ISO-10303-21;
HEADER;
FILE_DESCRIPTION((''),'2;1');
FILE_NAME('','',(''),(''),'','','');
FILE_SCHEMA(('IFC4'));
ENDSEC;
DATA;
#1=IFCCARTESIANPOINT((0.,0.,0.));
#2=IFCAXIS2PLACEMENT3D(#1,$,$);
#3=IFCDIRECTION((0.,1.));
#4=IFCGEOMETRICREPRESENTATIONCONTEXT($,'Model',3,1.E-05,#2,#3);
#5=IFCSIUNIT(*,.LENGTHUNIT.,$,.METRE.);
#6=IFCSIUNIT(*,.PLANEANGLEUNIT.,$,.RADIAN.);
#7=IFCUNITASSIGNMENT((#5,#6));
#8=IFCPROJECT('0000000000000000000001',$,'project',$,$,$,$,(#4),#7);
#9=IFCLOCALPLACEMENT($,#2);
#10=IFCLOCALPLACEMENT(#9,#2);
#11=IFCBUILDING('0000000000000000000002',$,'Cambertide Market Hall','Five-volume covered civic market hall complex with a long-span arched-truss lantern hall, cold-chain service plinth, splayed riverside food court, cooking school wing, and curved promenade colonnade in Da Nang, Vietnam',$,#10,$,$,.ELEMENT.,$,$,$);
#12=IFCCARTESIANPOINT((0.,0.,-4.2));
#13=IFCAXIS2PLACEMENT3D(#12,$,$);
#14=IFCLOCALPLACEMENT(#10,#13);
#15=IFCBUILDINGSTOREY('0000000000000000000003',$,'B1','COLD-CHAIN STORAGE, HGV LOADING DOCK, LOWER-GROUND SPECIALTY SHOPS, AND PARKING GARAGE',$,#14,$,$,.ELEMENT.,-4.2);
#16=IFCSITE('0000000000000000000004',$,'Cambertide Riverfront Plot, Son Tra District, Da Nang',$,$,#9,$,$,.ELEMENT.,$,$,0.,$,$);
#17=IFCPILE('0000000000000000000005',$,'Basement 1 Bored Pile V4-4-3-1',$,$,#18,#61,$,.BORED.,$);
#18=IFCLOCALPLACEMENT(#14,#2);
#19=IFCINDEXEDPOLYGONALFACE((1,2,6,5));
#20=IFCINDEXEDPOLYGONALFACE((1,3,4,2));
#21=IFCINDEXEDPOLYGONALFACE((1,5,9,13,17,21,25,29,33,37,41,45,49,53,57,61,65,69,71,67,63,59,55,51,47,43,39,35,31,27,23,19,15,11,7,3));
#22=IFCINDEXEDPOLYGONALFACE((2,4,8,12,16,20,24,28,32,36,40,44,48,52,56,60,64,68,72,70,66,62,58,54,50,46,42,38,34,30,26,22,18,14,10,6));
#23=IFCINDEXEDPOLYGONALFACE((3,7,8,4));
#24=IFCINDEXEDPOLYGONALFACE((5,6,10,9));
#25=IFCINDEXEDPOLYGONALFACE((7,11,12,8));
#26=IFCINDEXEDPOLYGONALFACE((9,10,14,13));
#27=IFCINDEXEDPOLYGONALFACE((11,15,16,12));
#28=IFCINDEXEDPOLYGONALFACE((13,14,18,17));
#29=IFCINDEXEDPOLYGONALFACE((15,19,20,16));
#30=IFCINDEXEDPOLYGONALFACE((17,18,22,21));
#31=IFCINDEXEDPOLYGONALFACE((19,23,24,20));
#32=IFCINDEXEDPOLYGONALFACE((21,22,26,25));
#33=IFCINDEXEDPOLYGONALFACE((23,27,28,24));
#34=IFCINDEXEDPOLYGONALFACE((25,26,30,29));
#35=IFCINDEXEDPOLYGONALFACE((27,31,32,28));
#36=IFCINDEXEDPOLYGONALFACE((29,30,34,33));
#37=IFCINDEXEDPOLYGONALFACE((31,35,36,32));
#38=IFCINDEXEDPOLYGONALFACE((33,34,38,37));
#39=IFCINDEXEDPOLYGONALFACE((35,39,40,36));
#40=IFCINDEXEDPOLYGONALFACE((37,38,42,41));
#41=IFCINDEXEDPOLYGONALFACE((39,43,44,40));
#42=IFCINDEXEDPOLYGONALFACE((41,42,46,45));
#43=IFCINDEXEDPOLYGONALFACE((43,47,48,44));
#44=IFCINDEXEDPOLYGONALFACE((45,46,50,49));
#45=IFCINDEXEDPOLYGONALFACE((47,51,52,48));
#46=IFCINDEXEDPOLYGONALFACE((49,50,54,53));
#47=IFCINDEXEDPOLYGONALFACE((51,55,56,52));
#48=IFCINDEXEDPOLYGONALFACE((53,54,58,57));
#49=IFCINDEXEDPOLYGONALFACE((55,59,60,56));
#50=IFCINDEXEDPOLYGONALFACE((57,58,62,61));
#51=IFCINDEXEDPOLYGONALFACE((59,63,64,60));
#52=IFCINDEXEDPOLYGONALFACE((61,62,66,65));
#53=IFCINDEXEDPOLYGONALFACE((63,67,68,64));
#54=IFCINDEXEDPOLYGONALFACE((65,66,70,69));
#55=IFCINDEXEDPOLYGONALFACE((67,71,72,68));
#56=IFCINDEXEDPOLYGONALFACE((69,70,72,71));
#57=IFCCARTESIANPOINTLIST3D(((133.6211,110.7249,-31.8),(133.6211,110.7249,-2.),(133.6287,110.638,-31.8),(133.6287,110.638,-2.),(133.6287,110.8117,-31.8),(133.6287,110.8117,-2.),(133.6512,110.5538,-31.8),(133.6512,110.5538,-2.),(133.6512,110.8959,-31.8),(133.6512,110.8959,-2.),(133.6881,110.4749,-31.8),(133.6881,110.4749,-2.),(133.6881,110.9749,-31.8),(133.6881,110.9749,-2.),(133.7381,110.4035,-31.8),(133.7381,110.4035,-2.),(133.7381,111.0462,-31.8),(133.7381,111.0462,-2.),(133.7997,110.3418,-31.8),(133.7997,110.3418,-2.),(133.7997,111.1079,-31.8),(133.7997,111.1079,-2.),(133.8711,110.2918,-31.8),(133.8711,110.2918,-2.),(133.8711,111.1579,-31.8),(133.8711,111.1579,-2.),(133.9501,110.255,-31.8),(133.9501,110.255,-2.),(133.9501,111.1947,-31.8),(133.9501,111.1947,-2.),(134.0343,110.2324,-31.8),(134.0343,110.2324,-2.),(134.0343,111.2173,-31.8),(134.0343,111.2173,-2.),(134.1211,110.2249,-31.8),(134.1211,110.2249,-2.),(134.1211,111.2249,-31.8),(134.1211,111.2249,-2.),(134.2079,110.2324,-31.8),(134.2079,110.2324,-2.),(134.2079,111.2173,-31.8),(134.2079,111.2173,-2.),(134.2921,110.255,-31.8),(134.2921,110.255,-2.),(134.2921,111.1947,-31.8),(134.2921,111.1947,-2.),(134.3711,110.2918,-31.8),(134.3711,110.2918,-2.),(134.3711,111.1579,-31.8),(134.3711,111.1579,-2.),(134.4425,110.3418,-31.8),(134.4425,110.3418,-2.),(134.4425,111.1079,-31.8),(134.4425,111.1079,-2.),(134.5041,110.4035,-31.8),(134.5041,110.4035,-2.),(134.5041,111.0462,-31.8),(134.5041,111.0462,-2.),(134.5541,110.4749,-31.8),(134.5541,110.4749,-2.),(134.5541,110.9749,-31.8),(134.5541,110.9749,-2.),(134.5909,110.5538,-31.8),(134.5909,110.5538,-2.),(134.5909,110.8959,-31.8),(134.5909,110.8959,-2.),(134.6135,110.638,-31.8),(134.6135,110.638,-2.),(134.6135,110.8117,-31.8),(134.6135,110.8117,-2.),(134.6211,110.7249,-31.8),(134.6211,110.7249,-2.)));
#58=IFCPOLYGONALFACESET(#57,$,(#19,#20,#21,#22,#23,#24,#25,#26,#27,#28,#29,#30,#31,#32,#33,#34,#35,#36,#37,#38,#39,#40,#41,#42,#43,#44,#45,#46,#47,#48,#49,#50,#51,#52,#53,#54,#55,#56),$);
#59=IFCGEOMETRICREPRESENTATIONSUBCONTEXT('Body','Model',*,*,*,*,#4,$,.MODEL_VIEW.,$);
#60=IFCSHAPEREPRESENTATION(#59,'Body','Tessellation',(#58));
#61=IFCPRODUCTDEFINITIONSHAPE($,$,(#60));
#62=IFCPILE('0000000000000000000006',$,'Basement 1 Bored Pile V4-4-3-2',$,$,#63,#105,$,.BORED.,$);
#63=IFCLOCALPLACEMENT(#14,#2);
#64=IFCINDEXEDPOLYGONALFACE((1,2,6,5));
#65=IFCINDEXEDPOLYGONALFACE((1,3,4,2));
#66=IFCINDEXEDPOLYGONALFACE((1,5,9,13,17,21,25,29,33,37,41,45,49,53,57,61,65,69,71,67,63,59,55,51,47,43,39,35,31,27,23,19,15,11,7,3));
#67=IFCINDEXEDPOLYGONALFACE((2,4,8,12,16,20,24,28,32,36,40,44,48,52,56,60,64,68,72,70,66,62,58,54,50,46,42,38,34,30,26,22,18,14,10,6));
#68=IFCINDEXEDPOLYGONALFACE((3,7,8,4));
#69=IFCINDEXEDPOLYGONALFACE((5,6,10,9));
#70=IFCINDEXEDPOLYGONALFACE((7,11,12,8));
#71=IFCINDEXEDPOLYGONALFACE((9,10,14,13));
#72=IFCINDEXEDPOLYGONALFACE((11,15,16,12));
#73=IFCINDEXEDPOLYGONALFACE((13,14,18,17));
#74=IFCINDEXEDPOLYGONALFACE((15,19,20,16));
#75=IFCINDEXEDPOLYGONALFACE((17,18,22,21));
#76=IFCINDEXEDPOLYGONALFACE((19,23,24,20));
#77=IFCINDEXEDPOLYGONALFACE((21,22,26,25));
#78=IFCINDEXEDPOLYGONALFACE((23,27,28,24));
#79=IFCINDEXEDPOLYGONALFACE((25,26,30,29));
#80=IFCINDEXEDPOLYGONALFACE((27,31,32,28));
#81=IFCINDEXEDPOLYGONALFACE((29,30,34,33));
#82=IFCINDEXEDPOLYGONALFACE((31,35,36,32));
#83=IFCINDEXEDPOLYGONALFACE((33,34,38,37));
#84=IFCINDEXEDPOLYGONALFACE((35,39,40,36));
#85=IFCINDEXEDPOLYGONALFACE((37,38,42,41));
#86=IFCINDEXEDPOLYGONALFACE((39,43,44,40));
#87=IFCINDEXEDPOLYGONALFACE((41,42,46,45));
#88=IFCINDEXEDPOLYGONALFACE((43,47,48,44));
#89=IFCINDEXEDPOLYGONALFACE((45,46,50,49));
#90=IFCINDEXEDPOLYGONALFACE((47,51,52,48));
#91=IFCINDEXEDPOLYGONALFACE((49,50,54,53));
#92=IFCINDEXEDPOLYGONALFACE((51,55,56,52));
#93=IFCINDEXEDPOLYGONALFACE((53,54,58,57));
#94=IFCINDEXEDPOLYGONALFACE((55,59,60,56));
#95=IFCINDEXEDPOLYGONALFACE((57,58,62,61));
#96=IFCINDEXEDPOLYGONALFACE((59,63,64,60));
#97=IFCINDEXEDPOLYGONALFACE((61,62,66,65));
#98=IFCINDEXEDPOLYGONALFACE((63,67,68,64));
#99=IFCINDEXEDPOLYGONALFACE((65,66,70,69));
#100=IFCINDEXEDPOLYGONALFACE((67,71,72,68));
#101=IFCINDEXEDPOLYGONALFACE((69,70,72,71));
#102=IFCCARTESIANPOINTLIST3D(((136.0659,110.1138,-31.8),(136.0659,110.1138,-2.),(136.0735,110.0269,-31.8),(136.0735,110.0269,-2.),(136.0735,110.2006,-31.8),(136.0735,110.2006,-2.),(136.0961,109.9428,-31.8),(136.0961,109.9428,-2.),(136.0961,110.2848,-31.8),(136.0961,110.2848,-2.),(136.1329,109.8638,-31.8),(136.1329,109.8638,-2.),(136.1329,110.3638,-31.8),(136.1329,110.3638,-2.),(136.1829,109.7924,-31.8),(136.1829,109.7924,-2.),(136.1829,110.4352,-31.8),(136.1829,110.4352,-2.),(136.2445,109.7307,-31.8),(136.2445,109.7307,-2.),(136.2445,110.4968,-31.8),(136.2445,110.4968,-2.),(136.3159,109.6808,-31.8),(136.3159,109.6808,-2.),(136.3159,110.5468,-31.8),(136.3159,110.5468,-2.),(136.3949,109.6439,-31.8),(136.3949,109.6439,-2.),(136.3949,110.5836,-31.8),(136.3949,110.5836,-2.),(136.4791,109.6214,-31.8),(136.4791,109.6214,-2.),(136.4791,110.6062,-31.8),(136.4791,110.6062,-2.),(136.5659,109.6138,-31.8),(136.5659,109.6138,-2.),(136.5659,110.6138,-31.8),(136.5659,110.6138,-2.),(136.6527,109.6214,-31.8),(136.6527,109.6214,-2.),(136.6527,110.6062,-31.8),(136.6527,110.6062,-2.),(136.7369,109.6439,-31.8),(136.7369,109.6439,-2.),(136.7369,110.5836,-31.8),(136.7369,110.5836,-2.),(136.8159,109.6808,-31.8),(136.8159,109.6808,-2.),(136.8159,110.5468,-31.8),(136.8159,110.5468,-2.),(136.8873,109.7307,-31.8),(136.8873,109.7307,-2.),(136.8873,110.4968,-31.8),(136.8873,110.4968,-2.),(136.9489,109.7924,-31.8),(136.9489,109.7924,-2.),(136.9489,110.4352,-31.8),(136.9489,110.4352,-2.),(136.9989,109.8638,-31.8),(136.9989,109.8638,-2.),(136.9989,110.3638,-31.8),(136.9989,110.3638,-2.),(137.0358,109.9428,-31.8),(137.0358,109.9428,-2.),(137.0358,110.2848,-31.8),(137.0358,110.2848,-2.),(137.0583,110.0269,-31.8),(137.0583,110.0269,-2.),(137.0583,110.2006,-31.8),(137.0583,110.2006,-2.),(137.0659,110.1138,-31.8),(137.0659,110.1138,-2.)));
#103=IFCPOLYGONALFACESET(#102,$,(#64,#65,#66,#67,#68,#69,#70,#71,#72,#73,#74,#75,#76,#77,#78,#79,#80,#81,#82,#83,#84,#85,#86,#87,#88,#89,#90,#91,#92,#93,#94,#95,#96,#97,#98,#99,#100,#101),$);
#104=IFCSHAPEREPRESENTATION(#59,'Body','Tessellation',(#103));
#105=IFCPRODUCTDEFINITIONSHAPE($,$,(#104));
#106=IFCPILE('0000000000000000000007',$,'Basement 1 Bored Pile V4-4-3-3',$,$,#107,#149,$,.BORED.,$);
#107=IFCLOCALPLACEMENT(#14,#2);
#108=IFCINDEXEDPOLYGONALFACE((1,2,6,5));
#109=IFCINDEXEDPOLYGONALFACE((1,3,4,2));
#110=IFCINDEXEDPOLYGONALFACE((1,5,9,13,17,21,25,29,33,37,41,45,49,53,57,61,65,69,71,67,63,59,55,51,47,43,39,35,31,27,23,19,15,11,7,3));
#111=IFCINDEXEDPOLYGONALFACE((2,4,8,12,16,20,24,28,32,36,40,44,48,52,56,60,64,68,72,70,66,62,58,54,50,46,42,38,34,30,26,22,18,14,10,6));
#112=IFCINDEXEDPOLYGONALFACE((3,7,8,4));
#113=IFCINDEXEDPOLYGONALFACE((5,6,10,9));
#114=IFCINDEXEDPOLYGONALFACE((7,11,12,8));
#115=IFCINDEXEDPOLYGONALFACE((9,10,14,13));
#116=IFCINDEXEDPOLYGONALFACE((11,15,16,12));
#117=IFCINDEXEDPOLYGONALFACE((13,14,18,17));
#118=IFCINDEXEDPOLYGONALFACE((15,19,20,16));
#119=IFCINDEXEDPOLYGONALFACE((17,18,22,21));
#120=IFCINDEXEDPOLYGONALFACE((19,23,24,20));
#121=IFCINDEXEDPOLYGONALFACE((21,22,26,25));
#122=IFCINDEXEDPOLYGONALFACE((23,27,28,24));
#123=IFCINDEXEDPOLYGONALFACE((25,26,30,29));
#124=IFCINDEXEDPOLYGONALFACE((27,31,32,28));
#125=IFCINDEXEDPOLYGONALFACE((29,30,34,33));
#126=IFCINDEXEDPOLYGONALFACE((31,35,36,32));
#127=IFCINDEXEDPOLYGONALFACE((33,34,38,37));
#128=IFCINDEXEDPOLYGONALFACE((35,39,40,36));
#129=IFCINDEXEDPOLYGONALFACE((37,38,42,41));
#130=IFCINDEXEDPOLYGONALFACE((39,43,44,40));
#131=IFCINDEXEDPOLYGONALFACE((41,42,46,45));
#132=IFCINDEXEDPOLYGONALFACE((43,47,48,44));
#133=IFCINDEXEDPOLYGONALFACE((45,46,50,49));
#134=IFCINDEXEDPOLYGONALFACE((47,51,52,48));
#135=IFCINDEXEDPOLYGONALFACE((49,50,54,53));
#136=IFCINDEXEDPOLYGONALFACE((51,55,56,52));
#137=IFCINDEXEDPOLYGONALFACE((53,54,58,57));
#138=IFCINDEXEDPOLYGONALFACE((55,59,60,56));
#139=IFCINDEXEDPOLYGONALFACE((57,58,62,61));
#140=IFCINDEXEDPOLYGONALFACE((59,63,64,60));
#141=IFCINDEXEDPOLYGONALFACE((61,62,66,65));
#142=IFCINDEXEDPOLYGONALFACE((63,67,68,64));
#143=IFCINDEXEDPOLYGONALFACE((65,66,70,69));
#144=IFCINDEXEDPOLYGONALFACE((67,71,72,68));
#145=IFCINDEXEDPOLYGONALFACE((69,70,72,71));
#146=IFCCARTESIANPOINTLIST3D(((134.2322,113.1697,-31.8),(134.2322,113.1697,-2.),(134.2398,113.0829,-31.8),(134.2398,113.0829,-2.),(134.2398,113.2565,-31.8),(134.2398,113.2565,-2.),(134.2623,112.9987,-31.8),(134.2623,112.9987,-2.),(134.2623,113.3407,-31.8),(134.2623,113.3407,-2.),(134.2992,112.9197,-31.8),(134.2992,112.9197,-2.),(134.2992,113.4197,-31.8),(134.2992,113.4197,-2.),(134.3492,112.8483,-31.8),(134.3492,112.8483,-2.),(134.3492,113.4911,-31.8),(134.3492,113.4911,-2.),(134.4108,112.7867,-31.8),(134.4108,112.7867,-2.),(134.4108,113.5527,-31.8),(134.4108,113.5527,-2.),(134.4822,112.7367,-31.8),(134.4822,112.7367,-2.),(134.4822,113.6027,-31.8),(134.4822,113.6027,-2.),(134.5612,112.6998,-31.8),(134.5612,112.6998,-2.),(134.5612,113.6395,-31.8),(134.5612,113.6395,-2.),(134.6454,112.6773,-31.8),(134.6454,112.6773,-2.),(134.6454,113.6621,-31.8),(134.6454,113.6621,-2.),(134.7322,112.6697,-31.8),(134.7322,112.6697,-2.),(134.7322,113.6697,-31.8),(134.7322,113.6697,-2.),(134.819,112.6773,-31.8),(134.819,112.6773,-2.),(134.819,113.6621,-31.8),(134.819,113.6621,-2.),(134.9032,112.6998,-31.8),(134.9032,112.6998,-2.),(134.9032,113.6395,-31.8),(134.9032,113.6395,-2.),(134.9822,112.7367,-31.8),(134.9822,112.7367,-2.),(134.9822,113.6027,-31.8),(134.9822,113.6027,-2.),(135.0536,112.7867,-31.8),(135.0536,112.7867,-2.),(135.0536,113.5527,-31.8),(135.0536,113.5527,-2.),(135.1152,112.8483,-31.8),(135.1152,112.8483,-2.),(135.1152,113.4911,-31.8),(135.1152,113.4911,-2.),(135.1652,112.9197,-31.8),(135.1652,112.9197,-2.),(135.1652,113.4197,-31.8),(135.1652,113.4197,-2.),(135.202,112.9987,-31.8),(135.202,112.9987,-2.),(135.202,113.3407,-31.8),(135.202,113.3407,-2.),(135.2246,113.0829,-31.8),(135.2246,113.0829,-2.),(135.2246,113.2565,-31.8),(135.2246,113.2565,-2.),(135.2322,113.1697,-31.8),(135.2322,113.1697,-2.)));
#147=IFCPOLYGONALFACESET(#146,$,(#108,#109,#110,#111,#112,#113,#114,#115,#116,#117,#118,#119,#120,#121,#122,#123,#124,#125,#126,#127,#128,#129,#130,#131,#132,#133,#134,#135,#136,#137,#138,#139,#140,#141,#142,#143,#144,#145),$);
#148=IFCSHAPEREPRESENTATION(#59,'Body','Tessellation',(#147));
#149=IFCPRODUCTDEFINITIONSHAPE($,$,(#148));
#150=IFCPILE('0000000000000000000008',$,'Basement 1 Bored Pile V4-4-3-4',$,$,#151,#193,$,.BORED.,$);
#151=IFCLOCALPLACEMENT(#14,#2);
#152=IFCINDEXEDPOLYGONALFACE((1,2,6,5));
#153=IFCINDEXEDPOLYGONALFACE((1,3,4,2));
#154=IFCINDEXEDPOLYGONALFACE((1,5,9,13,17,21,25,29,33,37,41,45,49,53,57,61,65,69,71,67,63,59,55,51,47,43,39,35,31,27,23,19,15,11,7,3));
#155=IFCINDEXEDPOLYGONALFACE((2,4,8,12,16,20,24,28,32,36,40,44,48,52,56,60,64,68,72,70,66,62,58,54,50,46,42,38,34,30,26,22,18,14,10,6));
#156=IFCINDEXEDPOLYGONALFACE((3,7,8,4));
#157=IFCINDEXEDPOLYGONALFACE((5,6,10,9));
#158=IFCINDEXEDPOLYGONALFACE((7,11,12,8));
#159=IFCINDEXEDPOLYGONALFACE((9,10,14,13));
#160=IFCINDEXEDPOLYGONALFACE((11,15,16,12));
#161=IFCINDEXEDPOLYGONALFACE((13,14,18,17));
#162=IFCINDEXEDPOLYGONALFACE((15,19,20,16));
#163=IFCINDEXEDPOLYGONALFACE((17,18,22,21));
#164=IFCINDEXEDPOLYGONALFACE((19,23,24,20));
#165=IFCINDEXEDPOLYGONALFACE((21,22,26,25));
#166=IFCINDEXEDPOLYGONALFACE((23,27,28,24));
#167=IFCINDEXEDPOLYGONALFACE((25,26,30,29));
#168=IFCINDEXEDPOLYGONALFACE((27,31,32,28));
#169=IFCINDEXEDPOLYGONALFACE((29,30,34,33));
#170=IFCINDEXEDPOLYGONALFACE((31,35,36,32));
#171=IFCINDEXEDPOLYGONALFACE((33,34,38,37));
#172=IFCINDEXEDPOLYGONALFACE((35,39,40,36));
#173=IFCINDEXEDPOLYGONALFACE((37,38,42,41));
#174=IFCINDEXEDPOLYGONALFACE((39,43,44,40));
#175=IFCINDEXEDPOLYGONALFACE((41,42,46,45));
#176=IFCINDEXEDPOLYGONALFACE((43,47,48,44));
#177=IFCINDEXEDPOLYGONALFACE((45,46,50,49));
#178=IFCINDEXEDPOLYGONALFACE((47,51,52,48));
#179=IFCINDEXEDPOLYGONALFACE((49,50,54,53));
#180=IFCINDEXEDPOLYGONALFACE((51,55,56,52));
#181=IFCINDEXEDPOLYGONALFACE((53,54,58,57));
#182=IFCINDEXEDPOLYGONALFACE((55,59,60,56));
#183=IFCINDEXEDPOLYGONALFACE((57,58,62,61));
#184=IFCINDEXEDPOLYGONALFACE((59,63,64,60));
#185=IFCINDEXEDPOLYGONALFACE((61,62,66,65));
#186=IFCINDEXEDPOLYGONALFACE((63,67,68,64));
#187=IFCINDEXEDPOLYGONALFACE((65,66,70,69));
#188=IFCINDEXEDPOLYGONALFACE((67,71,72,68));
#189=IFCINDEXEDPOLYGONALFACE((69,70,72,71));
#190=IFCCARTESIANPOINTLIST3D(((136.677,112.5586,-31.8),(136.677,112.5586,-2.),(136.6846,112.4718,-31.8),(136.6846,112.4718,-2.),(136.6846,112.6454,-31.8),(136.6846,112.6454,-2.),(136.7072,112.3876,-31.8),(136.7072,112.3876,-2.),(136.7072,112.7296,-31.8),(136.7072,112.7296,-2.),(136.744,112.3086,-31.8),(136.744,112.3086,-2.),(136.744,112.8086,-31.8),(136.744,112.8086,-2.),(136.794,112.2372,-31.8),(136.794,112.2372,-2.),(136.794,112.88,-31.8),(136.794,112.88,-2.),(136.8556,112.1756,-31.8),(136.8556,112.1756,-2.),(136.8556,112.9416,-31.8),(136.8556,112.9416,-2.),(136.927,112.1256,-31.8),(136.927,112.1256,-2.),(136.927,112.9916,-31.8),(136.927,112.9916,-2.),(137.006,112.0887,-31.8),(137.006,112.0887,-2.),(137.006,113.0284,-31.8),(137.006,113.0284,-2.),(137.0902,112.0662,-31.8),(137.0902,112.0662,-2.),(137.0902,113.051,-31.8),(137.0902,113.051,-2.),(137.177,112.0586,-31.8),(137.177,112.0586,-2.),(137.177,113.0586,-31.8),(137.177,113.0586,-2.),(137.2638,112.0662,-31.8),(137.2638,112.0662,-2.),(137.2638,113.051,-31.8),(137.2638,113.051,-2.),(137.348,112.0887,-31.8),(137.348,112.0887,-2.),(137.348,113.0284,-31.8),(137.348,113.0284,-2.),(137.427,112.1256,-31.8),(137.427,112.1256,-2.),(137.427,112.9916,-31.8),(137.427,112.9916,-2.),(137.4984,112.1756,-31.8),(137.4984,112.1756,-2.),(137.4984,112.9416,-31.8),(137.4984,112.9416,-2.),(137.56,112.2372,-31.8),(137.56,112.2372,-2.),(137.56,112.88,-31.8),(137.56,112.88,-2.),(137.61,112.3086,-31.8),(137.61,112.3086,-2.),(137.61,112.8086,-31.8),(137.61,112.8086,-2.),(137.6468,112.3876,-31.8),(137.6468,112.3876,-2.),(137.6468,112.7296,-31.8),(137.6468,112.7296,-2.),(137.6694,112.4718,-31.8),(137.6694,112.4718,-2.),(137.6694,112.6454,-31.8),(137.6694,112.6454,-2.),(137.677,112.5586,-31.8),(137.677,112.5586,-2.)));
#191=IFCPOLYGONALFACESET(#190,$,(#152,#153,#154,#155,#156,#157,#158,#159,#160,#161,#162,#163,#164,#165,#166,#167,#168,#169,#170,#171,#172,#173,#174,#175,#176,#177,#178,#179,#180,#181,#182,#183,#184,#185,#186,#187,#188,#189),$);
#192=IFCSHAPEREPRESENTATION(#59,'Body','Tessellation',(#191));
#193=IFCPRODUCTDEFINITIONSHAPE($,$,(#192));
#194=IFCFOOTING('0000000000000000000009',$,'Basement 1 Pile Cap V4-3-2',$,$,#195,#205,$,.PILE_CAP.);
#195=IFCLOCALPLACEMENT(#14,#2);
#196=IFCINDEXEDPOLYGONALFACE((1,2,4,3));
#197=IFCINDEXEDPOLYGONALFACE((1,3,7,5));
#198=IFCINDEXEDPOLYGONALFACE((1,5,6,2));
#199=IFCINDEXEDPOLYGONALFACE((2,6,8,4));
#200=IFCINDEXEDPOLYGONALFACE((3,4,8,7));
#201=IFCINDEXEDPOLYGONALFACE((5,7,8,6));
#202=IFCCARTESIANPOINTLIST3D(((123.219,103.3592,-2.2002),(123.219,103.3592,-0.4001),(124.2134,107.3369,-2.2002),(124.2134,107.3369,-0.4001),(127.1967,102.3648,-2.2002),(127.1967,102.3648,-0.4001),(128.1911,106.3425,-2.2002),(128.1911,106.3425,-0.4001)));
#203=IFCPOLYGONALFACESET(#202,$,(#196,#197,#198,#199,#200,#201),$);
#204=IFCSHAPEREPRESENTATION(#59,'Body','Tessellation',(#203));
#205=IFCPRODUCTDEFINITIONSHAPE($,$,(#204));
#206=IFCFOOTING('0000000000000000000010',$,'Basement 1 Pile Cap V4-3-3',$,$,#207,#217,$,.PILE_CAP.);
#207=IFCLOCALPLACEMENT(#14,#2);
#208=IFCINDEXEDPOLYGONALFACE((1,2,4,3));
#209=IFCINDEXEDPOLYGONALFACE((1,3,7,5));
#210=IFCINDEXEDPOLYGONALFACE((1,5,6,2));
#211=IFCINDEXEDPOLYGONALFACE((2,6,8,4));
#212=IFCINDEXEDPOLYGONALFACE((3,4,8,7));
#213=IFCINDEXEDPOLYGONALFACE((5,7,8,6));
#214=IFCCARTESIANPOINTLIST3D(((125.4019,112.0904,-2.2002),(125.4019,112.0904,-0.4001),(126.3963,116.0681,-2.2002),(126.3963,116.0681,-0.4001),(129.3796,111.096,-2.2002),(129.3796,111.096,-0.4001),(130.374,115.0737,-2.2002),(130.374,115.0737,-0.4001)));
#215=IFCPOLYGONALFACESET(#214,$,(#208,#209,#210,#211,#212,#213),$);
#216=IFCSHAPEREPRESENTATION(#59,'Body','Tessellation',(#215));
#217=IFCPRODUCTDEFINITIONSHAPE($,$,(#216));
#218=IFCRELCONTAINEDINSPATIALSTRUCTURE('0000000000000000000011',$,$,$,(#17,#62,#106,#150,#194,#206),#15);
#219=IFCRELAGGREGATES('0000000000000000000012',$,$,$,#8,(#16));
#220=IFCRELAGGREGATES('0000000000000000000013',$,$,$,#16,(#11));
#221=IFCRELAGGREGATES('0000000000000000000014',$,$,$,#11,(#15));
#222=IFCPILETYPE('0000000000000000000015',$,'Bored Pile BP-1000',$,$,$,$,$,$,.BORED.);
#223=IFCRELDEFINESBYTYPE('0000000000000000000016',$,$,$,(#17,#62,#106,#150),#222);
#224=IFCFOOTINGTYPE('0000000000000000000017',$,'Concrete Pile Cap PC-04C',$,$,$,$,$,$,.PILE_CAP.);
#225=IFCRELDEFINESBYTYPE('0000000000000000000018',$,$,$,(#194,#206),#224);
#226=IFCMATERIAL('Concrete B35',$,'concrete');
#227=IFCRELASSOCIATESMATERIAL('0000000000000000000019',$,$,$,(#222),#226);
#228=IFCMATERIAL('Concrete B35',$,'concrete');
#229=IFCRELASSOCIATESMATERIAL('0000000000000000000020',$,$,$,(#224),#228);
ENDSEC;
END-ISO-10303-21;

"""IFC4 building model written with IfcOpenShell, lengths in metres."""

from ifc_helpers import new_model, si_unit, direction, frame, origin, origin_2d, place, context, subcontext, project, spatial, rectangle, circle, extrude, material, material_profile, profile_set, type_object, element, save


model = new_model("IFC4")

# Units and contexts
model_context = context("Model", 3, precision=1e-05, world=origin(), true_north=direction((0.0, 1.0)))
body_context = subcontext(model_context, "Body", "Model", "MODEL_VIEW")
ifc_project = project(units=[si_unit("LENGTHUNIT", "METRE"), si_unit("PLANEANGLEUNIT", "RADIAN")], contexts=[model_context])

# Site, building, storey
site_placement = place(None, origin())
site = spatial("IfcSite", under=ifc_project, at=site_placement, Name="Cambertide Riverfront Plot, Son Tra District, Da Nang", CompositionType="ELEMENT", RefElevation=0.0)
building_placement = place(site_placement, origin())
building = spatial("IfcBuilding", under=site, at=building_placement, Name="Cambertide Market Hall", Description="Five-volume covered civic market hall complex with a long-span arched-truss lantern hall, cold-chain service plinth, splayed riverside food court, cooking school wing, and curved promenade colonnade in Da Nang, Vietnam", CompositionType="ELEMENT")
storey_placement = place(building_placement, frame((0.0, 0.0, -4.2)))
storey = spatial("IfcBuildingStorey", under=building, at=storey_placement, Name="B1", Description="COLD-CHAIN STORAGE, HGV LOADING DOCK, LOWER-GROUND SPECIALTY SHOPS, AND PARKING GARAGE", CompositionType="ELEMENT", Elevation=-4.2)

# Piles
ifc_material_1 = material(Name="Concrete B35", Category="concrete")
ifc_material_profile_1 = material_profile(ifc_material_1, circle(Radius=0.5, at=origin_2d()), Name="BP D1000")
ifc_profile_set_1 = profile_set([ifc_material_profile_1], Name="Concrete B35")
pile_type = type_object("IfcPileType", Name="Bored Pile BP-1000", PredefinedType="BORED", material=ifc_profile_set_1)
for number, where, z_axis, x_axis, name in (
    (1, (134.1211, 110.7249, -2.0), (0.0, 0.0, -1.0), (1.0, 0.0, 0.0), "Basement 1 Bored Pile V4-4-3-1"),
    (2, (136.5659, 110.1138, -2.0), (0.0, 0.0, -1.0), (1.0, 0.0, 0.0), "Basement 1 Bored Pile V4-4-3-2"),
    (3, (134.7322, 113.1697, -2.0), (0.0, 0.0, -1.0), (1.0, 0.0, 0.0), "Basement 1 Bored Pile V4-4-3-3"),
    (4, (137.177, 112.5586, -2.0), (0.0, 0.0, -1.0), (1.0, 0.0, 0.0), "Basement 1 Bored Pile V4-4-3-4"),
):
    element("IfcPile", number, at=place(storey_placement, frame(where, z_axis=z_axis, x_axis=x_axis)), inside=storey, type_object=pile_type, Name=name, PredefinedType="BORED", context=body_context, shape_type="SweptSolid", body=[
        extrude(circle(Radius=0.5, at=origin_2d()), origin(), (0.0, 0.0, 1.0), 29.8),
    ])

# Footings
ifc_material_2 = material(Name="Concrete B35", Category="concrete")
footing_type_1 = type_object("IfcFootingType", Name="Concrete Pile Cap PC-04C", PredefinedType="PILE_CAP", material=ifc_material_2)
for number, where, z_axis, x_axis, name in (
    (5, (125.7051, 104.8508, -2.2002), (0.0, 0.0, 1.0), (0.970143, -0.242536, 0.0), "Basement 1 Pile Cap V4-3-2"),
    (6, (127.8879, 113.582, -2.2002), (0.0, 0.0, 1.0), (0.970143, -0.242536, 0.0), "Basement 1 Pile Cap V4-3-3"),
):
    element("IfcFooting", number, at=place(storey_placement, frame(where, z_axis=z_axis, x_axis=x_axis)), inside=storey, type_object=footing_type_1, Name=name, PredefinedType="PILE_CAP", context=body_context, shape_type="SweptSolid", body=[
        extrude(rectangle(XDim=4.1001, YDim=4.1001, at=origin_2d()), origin(), (0.0, 0.0, 1.0), 1.8),
    ])

save(model, "model.ifc")
